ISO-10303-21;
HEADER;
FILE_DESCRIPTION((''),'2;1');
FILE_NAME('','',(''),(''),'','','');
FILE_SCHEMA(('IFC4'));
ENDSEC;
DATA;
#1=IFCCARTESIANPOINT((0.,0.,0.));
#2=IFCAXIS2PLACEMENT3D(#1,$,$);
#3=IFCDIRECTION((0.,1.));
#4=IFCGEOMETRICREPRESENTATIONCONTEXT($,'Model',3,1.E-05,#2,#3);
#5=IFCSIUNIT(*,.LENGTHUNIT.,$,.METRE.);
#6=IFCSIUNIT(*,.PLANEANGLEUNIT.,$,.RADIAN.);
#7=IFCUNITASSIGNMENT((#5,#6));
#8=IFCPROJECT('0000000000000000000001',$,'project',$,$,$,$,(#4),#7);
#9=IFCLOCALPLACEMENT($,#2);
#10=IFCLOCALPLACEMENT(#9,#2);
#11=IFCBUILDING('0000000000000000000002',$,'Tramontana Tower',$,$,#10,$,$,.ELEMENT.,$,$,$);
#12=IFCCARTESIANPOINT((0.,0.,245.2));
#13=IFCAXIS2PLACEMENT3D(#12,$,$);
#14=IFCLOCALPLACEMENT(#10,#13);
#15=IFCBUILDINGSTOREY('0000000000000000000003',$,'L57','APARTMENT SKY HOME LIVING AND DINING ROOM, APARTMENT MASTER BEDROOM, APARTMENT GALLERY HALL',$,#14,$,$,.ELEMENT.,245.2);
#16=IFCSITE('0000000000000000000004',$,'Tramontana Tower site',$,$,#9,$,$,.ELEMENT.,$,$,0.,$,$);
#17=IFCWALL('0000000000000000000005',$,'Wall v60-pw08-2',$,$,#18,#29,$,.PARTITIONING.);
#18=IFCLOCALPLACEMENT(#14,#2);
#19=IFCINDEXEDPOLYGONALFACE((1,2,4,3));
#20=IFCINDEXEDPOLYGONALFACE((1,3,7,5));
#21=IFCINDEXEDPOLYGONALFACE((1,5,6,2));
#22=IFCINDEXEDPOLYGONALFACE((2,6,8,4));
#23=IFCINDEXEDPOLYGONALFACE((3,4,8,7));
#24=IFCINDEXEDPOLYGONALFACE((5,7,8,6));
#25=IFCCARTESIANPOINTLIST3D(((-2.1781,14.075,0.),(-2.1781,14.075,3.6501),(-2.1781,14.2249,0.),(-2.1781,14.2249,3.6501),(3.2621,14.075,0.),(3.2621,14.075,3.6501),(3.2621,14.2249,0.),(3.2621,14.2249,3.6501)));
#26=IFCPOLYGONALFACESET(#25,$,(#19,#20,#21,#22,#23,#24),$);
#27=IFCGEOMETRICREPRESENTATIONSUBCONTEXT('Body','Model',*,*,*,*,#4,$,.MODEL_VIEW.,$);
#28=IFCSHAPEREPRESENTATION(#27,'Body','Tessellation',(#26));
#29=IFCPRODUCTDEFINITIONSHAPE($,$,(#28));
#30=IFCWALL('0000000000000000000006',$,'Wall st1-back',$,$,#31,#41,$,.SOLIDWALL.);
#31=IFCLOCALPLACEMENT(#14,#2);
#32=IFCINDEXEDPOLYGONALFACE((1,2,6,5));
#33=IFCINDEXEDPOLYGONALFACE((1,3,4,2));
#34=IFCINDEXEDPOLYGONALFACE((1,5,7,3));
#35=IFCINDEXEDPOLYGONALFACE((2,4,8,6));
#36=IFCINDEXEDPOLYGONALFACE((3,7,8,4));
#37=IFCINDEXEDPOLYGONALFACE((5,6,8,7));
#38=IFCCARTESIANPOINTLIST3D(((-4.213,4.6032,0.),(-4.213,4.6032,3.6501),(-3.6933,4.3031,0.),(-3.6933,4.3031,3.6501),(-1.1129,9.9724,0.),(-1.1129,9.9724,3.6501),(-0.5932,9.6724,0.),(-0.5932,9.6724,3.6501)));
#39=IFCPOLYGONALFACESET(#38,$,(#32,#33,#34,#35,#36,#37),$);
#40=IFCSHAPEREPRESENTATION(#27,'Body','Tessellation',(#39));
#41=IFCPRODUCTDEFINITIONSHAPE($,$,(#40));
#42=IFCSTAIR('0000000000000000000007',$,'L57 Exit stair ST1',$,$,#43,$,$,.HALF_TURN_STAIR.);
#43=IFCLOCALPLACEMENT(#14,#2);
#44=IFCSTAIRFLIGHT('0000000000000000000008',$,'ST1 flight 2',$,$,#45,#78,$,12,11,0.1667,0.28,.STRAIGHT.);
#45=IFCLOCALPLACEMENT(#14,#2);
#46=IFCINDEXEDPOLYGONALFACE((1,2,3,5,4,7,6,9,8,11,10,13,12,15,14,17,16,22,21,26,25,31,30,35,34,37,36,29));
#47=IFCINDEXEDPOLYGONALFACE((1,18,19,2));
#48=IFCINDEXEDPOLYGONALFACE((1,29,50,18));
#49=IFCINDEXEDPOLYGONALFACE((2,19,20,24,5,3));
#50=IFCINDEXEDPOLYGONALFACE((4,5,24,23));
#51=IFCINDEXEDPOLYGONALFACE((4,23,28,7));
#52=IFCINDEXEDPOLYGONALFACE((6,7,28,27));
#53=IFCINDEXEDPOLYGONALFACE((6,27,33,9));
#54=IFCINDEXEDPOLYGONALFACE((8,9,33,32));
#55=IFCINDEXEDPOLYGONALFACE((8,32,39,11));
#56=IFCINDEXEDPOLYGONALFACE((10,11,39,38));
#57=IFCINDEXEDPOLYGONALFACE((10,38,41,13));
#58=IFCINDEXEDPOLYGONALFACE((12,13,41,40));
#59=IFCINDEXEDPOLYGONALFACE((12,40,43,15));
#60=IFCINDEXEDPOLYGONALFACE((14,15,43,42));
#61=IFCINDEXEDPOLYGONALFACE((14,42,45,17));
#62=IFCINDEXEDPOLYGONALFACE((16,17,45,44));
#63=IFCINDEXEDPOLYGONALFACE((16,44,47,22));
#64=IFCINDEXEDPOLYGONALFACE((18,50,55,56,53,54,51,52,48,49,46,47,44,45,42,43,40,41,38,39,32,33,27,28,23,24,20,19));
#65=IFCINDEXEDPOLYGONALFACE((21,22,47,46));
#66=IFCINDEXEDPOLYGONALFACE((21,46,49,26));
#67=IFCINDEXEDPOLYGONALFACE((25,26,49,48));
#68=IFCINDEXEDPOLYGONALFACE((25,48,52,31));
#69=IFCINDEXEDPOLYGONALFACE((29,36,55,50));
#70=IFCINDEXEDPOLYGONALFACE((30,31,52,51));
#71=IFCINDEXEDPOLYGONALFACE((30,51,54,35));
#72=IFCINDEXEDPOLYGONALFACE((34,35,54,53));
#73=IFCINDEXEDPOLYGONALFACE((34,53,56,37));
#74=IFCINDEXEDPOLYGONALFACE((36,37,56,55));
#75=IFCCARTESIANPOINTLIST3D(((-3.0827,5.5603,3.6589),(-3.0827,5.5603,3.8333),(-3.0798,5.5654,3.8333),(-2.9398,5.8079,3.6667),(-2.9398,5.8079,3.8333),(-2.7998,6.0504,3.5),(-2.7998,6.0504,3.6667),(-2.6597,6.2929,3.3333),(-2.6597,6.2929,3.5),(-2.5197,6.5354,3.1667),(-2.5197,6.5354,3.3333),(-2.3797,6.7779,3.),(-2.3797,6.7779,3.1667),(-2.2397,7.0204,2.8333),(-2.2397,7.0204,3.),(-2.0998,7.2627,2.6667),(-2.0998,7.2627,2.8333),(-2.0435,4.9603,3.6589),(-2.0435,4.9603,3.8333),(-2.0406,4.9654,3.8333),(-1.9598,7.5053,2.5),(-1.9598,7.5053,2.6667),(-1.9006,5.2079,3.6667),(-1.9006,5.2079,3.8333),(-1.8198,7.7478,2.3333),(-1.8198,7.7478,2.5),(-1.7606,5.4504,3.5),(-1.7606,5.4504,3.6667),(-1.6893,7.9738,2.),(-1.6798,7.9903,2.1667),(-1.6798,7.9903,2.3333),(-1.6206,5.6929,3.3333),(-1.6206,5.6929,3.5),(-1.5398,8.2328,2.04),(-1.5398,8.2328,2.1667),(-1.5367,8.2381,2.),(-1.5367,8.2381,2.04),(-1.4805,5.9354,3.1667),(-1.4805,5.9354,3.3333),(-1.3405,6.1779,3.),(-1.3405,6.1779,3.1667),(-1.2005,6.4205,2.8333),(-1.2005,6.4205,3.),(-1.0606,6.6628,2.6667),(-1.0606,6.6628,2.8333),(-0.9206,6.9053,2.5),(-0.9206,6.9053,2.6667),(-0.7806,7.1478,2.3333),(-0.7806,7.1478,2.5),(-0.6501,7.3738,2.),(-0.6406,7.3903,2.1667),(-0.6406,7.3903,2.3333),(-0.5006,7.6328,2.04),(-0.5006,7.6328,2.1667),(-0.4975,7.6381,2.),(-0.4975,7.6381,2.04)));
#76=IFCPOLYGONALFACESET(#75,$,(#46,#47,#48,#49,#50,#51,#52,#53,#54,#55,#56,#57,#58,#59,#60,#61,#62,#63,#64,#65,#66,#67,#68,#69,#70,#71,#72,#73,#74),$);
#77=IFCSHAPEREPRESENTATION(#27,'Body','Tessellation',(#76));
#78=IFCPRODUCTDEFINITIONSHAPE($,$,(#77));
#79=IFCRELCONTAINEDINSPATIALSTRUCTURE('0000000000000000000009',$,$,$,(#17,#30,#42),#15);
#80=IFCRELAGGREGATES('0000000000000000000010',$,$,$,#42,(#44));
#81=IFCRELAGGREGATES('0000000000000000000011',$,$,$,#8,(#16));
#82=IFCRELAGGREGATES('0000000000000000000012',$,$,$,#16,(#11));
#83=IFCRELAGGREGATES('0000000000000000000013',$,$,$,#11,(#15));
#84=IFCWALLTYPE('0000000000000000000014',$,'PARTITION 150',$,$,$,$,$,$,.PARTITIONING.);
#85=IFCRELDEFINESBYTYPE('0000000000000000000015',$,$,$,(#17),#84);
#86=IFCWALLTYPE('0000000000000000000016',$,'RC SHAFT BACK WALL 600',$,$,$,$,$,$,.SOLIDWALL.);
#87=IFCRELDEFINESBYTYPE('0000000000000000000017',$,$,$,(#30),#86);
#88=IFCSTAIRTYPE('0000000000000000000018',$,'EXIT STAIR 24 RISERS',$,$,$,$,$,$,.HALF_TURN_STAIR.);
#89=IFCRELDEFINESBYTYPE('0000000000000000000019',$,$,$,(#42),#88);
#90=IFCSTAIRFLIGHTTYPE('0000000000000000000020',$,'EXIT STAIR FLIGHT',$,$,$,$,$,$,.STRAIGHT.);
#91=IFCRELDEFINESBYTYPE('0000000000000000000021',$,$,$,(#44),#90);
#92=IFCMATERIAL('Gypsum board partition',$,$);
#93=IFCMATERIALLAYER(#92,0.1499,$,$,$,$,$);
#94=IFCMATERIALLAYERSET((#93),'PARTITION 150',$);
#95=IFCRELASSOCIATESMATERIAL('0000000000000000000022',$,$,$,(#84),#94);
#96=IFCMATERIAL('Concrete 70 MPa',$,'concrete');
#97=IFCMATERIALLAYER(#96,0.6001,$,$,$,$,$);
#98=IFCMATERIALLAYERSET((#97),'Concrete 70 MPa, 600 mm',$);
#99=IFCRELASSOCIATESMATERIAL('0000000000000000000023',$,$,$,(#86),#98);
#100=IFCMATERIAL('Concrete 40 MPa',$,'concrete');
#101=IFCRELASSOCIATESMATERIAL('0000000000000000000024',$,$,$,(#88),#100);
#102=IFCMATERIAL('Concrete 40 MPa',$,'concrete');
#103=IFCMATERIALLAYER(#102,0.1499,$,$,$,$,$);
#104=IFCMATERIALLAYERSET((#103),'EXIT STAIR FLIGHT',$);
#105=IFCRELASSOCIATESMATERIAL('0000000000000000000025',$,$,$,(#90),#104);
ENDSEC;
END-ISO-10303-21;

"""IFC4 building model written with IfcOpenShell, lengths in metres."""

from ifc_helpers import new_model, si_unit, direction, frame, frame_2d, origin, place, context, subcontext, project, spatial, polyline, rectangle, outline, extrude, material, layer, layer_set, type_object, element, aggregate, save


model = new_model("IFC4")

# Units and contexts
model_context = context("Model", 3, precision=1e-05, world=origin(), true_north=direction((0.0, 1.0)))
body_context = subcontext(model_context, "Body", "Model", "MODEL_VIEW")
ifc_project = project(units=[si_unit("LENGTHUNIT", "METRE"), si_unit("PLANEANGLEUNIT", "RADIAN")], contexts=[model_context])

# Site, building, storey
site_placement = place(None, origin())
site = spatial("IfcSite", under=ifc_project, at=site_placement, Name="Tramontana Tower site", CompositionType="ELEMENT", RefElevation=0.0)
building_placement = place(site_placement, origin())
building = spatial("IfcBuilding", under=site, at=building_placement, Name="Tramontana Tower", CompositionType="ELEMENT")
storey_placement = place(building_placement, frame((0.0, 0.0, 245.2)))
storey = spatial("IfcBuildingStorey", under=building, at=storey_placement, Name="L57", Description="APARTMENT SKY HOME LIVING AND DINING ROOM, APARTMENT MASTER BEDROOM, APARTMENT GALLERY HALL", CompositionType="ELEMENT", Elevation=245.2)

# Shared definitions
ifc_material_1 = material(Name="Gypsum board partition")
ifc_layer_1 = layer(ifc_material_1, 0.1499)
ifc_layer_set_1 = layer_set([ifc_layer_1], Name="PARTITION 150")
wall_type_1 = type_object("IfcWallType", Name="PARTITION 150", PredefinedType="PARTITIONING", material=ifc_layer_set_1)

# Walls
wall_1_placement = place(storey_placement, frame((-2.1782, 14.1499, 0.0), z_axis=(0.0, 0.0, 1.0), x_axis=(1.0, 0.0, 0.0)))
element("IfcWall", 1, at=wall_1_placement, inside=storey, type_object=wall_type_1, Name="Wall v60-pw08-2", PredefinedType="PARTITIONING", context=body_context, shape_type="SweptSolid", body=[
    extrude(rectangle(XDim=5.4402, YDim=0.1499, at=frame_2d((2.7202, 0.0))), origin(), (0.0, 0.0, 1.0), 3.6501),
])
ifc_material_2 = material(Name="Concrete 70 MPa", Category="concrete")
ifc_layer_2 = layer(ifc_material_2, 0.6001)
ifc_layer_set_2 = layer_set([ifc_layer_2], Name="Concrete 70 MPa, 600 mm")
wall_type_2 = type_object("IfcWallType", Name="RC SHAFT BACK WALL 600", PredefinedType="SOLIDWALL", material=ifc_layer_set_2)
wall_2_placement = place(storey_placement, frame((-0.853, 9.8225, 0.0), z_axis=(0.0, 0.0, 1.0), x_axis=(-0.50001, -0.86602, 0.0)))
element("IfcWall", 2, at=wall_2_placement, inside=storey, type_object=wall_type_2, Name="Wall st1-back", PredefinedType="SOLIDWALL", context=body_context, shape_type="SweptSolid", body=[
    extrude(rectangle(XDim=6.2, YDim=0.6001, at=frame_2d((3.1001, 0.0))), origin(), (0.0, 0.0, 1.0), 3.6501),
])

# Stair, stair flight
ifc_material_3 = material(Name="Concrete 40 MPa", Category="concrete")
stair_type = type_object("IfcStairType", Name="EXIT STAIR 24 RISERS", PredefinedType="HALF_TURN_STAIR", material=ifc_material_3)
stair_placement = place(storey_placement, origin())
stair = element("IfcStair", 3, at=stair_placement, inside=storey, type_object=stair_type, Name="L57 Exit stair ST1", PredefinedType="HALF_TURN_STAIR")
ifc_material_4 = material(Name="Concrete 40 MPa", Category="concrete")
ifc_layer_3 = layer(ifc_material_4, 0.1499)
ifc_layer_set_3 = layer_set([ifc_layer_3], Name="EXIT STAIR FLIGHT")
stair_flight_type = type_object("IfcStairFlightType", Name="EXIT STAIR FLIGHT", PredefinedType="STRAIGHT", material=ifc_layer_set_3)
stair_flight_placement = place(storey_placement, frame((-1.0203, 7.9329, 2.0), z_axis=(0.0, 0.0, 1.0), x_axis=(-0.5, -0.866025, 0.0)))
stair_flight = element("IfcStairFlight", 4, at=stair_flight_placement, type_object=stair_flight_type, Name="ST1 flight 2", NumberOfRisers=12, NumberOfTreads=11, PredefinedType="STRAIGHT", RiserHeight=0.1667, TreadLength=0.28, context=body_context, shape_type="SweptSolid", body=[
    extrude(outline(polyline([(-0.0061, 0.0), (-0.0061, 0.04), (0.0, 0.04), (0.0, 0.1667), (0.28, 0.1667), (0.28, 0.3333), (0.5601, 0.3333), (0.5601, 0.5), (0.8401, 0.5), (0.8401, 0.6667), (1.1201, 0.6667), (1.1201, 0.8333), (1.3999, 0.8333), (1.3999, 1.0), (1.6799, 1.0), (1.6799, 1.1667), (1.96, 1.1667), (1.96, 1.3333), (2.24, 1.3333), (2.24, 1.5), (2.52, 1.5), (2.52, 1.6667), (2.8, 1.6667), (2.8, 1.8333), (3.0801, 1.8333), (3.0859, 1.8333), (3.0859, 1.6589), (0.2991, 0.0), (-0.0061, 0.0)])), frame((0.0, 0.6001, 0.0), z_axis=(0.0, -1.0, 0.0), x_axis=(1.0, 0.0, 0.0)), (0.0, 0.0, 1.0), 1.2),
])
aggregate(stair, [stair_flight])

save(model, "model.ifc")
